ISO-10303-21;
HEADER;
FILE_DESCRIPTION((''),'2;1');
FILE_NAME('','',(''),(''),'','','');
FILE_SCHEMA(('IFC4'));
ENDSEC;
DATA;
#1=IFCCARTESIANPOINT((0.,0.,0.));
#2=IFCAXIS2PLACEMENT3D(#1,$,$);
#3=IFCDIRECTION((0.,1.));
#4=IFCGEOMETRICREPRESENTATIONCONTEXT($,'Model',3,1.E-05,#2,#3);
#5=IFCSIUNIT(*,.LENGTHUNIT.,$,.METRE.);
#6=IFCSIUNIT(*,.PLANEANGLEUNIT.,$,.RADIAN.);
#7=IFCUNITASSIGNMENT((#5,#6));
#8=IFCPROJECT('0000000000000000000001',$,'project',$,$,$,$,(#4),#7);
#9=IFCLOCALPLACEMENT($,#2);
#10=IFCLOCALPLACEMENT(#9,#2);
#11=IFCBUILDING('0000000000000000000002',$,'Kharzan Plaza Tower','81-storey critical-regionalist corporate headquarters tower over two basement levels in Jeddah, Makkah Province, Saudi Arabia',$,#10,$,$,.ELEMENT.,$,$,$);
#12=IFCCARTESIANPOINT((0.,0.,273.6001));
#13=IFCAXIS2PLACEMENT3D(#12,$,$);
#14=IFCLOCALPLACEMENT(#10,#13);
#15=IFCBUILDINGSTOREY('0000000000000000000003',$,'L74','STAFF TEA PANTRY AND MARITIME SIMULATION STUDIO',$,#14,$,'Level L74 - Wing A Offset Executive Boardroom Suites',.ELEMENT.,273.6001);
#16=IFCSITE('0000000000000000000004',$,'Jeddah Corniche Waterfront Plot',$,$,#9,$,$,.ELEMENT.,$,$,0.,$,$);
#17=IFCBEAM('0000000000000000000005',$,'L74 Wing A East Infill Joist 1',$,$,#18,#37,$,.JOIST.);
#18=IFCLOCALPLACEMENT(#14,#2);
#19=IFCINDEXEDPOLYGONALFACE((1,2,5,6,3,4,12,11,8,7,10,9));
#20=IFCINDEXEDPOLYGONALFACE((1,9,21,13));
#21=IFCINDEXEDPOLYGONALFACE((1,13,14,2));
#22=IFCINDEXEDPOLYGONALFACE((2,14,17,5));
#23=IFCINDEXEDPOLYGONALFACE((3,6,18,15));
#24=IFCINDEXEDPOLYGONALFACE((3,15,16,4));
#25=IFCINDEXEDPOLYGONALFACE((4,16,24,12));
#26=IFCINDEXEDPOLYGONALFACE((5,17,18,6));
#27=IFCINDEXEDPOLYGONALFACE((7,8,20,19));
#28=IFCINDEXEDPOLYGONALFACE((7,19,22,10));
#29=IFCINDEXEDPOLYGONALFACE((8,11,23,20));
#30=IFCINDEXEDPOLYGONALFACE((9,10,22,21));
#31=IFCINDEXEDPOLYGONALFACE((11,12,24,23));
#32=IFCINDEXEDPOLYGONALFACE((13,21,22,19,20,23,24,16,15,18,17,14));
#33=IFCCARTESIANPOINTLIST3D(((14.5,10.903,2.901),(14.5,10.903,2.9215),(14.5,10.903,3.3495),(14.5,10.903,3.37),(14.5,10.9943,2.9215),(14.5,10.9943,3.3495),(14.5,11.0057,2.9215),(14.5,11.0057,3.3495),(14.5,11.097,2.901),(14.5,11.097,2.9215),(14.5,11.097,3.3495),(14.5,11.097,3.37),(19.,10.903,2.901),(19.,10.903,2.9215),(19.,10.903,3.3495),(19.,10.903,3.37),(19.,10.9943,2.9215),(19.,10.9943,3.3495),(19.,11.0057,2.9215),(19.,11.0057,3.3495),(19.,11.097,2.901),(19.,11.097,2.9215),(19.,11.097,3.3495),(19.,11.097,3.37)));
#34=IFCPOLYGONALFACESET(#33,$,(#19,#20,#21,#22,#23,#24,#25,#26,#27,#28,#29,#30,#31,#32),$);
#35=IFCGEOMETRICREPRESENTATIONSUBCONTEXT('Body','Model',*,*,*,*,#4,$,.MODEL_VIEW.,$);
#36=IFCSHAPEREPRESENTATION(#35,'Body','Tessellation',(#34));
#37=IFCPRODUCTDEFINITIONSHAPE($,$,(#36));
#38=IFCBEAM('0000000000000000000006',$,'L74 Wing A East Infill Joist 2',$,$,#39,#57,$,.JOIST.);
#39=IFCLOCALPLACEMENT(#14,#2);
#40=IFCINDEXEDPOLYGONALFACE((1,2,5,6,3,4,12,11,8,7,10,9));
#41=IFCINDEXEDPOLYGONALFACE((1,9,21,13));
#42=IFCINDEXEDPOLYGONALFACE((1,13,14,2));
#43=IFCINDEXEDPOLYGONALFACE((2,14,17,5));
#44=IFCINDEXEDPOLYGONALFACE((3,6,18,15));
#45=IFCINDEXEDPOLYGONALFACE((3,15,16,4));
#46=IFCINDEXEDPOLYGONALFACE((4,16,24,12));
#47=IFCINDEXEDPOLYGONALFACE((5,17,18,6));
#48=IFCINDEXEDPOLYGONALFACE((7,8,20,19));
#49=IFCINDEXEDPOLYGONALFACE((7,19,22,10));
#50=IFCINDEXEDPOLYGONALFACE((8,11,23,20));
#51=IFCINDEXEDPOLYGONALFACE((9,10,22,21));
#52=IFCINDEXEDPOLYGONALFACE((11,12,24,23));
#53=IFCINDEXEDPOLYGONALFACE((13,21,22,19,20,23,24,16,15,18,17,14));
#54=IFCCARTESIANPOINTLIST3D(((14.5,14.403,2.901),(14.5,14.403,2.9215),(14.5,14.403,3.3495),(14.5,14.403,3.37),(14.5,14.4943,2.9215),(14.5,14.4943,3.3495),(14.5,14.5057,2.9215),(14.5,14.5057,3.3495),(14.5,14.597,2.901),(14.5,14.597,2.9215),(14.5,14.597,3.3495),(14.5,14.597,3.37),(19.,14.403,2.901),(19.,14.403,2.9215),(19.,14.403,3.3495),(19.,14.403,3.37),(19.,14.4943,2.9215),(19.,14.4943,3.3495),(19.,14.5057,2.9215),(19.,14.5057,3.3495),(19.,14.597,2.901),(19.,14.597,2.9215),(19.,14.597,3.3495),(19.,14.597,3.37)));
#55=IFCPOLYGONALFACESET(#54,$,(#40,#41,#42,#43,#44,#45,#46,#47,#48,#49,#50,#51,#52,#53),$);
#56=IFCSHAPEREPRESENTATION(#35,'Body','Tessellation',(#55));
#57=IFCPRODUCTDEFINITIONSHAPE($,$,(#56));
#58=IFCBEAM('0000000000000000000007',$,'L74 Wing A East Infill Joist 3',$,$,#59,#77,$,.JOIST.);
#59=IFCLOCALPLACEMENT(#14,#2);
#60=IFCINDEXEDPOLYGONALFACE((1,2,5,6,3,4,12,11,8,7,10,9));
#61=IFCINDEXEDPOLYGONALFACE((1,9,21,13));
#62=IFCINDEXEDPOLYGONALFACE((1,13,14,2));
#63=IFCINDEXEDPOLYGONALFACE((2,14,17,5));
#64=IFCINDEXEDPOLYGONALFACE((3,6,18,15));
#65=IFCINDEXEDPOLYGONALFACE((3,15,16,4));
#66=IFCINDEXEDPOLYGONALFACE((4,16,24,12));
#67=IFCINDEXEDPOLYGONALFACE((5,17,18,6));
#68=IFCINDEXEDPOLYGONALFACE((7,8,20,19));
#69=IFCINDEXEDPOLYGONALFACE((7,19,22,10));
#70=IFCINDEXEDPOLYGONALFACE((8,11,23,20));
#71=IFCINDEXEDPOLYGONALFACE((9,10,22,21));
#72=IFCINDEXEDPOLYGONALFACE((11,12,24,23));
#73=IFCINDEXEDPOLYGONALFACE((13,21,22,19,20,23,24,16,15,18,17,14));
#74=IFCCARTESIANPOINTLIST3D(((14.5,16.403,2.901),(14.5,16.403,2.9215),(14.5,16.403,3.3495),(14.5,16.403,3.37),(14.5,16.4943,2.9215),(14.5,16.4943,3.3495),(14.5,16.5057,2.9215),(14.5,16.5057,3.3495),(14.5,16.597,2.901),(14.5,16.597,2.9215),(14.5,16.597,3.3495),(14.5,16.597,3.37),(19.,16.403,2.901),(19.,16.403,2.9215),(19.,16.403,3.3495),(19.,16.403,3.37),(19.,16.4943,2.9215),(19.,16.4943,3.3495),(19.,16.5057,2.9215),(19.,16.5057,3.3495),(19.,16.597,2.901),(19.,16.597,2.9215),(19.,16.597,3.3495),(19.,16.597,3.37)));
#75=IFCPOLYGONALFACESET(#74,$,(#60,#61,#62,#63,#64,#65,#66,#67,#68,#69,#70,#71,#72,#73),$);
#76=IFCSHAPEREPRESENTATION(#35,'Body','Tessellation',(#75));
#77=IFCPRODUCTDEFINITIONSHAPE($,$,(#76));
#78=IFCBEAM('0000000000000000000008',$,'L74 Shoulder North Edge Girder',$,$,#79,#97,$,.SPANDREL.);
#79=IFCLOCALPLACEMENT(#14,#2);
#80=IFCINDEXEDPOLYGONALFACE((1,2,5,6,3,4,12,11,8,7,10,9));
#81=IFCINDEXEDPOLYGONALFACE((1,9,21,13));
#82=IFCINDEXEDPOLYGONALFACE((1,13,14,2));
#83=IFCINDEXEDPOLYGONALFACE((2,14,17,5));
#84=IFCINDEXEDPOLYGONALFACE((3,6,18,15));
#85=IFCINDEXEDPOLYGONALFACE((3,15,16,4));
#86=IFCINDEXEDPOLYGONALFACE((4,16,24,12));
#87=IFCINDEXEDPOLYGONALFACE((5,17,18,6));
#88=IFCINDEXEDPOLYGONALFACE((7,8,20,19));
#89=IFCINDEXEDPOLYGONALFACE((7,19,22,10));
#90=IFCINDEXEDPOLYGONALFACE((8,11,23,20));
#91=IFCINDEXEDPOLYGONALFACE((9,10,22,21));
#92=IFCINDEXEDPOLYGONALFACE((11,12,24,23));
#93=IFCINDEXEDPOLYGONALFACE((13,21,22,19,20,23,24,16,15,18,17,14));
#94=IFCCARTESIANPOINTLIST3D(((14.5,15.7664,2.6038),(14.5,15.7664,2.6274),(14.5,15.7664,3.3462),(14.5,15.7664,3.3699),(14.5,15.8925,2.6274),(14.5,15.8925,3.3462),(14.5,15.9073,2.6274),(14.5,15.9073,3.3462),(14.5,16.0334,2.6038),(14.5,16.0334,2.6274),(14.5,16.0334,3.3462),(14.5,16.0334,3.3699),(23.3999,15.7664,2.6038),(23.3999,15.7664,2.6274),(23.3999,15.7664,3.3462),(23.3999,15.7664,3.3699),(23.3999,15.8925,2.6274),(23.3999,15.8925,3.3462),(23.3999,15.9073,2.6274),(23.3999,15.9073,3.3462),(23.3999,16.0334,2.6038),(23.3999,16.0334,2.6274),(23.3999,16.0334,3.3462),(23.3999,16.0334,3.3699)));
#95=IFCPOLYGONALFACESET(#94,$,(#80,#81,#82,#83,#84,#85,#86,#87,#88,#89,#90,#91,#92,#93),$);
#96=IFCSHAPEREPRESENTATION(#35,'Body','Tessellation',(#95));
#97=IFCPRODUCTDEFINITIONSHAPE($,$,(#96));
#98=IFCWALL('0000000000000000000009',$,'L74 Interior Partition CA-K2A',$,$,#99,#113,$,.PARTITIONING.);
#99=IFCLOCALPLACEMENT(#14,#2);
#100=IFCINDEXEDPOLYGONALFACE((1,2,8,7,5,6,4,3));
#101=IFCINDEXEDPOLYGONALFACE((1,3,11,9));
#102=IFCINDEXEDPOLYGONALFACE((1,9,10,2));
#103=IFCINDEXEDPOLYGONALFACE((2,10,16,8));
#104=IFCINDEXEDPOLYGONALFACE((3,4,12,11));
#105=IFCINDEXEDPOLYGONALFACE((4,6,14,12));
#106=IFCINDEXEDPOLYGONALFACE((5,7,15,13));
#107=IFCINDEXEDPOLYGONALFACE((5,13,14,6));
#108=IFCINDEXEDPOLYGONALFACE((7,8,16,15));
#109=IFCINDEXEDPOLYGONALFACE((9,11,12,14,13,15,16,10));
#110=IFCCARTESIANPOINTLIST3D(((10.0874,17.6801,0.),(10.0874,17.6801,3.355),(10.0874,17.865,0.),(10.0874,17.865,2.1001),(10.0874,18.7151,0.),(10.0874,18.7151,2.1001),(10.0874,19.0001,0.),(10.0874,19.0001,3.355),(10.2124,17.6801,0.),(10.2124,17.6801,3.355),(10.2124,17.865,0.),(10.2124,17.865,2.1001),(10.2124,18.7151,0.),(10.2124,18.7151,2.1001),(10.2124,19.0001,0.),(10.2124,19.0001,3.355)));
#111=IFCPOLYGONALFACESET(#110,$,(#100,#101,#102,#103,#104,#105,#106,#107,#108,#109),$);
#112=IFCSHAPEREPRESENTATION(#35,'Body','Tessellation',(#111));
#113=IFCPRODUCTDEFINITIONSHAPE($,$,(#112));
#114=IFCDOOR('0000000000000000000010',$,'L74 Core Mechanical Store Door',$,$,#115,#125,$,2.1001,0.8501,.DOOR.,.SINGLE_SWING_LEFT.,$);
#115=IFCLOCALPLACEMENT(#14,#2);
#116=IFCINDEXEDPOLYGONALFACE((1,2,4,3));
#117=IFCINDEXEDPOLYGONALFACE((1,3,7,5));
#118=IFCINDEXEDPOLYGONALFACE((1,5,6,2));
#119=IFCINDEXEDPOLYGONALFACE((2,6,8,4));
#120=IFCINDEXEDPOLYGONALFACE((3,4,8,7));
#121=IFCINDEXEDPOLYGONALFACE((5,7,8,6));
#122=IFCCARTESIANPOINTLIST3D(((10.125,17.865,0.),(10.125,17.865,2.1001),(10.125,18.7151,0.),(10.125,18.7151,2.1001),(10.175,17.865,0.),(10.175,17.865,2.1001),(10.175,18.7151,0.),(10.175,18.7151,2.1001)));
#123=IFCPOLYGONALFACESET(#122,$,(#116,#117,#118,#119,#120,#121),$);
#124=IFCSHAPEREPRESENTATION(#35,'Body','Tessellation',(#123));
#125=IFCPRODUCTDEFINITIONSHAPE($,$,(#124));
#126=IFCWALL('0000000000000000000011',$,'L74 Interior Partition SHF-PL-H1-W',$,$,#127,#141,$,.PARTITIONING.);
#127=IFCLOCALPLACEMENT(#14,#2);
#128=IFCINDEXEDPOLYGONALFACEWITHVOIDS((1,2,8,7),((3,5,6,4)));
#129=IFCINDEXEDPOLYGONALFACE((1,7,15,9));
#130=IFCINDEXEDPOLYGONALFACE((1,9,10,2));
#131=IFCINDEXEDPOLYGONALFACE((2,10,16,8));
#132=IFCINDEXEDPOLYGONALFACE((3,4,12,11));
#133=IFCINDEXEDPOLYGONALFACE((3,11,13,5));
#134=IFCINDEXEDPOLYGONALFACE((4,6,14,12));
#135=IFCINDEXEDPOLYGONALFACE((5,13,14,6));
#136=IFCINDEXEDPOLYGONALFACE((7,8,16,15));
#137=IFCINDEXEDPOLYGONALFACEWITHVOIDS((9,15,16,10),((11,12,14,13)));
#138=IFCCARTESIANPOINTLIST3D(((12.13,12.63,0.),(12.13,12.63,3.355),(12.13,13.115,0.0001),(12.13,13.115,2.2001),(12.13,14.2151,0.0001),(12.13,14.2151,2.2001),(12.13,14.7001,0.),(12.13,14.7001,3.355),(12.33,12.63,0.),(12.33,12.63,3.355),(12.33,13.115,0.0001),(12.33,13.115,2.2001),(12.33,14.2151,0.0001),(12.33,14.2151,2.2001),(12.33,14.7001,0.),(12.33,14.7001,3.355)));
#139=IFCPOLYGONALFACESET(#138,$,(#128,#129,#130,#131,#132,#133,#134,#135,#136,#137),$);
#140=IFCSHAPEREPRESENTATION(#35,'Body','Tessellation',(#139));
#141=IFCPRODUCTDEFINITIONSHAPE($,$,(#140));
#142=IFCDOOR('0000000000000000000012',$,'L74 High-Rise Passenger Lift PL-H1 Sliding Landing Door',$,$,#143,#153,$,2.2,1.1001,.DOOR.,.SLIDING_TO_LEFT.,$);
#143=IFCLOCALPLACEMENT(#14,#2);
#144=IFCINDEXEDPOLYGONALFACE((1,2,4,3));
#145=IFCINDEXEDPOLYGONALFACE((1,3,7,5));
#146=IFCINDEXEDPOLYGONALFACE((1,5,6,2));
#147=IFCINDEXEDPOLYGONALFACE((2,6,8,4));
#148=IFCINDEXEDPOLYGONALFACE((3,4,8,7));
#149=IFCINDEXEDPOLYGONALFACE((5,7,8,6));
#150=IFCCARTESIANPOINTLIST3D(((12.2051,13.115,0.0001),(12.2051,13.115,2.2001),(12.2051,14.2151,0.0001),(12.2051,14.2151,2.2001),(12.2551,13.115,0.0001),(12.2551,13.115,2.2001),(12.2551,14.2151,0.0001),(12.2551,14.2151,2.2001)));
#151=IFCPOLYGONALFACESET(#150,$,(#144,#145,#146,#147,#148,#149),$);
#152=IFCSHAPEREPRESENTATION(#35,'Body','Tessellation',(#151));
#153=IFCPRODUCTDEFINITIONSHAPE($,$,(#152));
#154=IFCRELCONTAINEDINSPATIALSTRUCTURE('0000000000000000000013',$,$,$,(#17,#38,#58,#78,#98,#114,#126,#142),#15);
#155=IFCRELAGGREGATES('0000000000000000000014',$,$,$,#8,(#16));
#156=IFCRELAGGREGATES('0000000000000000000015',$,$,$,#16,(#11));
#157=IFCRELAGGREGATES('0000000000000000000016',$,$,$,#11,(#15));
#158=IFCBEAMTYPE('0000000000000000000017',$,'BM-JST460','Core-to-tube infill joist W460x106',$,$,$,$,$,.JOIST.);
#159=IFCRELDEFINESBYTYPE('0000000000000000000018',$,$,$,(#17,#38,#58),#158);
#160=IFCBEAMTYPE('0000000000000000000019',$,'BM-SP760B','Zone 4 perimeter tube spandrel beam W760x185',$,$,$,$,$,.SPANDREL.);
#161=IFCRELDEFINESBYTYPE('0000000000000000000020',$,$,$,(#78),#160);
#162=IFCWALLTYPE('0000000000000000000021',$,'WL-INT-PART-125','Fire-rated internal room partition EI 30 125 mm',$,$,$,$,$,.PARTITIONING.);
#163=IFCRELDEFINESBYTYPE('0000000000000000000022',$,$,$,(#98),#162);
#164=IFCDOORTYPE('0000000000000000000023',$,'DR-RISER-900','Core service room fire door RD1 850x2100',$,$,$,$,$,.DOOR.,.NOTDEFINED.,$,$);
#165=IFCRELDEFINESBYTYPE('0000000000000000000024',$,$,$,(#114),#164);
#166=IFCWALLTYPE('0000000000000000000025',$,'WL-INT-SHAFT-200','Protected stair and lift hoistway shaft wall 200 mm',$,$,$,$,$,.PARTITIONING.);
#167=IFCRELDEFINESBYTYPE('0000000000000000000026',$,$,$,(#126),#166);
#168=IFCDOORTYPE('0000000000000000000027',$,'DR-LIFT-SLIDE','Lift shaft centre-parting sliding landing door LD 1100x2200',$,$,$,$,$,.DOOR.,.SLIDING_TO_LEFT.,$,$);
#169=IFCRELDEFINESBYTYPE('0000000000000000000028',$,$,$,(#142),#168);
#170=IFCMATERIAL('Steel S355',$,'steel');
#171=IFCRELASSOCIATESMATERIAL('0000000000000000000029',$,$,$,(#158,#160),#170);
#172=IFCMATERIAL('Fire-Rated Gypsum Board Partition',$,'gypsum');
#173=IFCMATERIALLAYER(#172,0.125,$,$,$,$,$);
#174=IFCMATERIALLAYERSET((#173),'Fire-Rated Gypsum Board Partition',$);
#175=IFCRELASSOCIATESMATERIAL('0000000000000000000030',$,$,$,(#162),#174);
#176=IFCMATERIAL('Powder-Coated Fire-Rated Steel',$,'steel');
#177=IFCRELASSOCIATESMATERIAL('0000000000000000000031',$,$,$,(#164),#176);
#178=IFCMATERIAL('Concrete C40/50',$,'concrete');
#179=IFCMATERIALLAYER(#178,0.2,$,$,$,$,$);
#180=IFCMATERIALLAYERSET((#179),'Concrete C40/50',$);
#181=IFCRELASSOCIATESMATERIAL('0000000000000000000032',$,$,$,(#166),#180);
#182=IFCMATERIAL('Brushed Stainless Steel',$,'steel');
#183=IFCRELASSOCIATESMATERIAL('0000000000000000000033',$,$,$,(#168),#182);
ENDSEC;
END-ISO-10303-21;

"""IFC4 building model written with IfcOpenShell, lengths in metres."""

from ifc_helpers import new_model, si_unit, direction, frame, frame_2d, origin, origin_2d, place, context, subcontext, project, spatial, rectangle, i_section, extrude, source, transform, mapped, material, layer, layer_set, material_profile, profile_set, type_object, element, fill, save


model = new_model("IFC4")

# Units and contexts
model_context = context("Model", 3, precision=1e-05, world=origin(), true_north=direction((0.0, 1.0)))
body_context = subcontext(model_context, "Body", "Model", "MODEL_VIEW")
ifc_project = project(units=[si_unit("LENGTHUNIT", "METRE"), si_unit("PLANEANGLEUNIT", "RADIAN")], contexts=[model_context])

# Site, building, storey
site_placement = place(None, origin())
site = spatial("IfcSite", under=ifc_project, at=site_placement, Name="Jeddah Corniche Waterfront Plot", CompositionType="ELEMENT", RefElevation=0.0)
building_placement = place(site_placement, origin())
building = spatial("IfcBuilding", under=site, at=building_placement, Name="Kharzan Plaza Tower", Description="81-storey critical-regionalist corporate headquarters tower over two basement levels in Jeddah, Makkah Province, Saudi Arabia", CompositionType="ELEMENT")
storey_placement = place(building_placement, frame((0.0, 0.0, 273.6001)))
storey = spatial("IfcBuildingStorey", under=building, at=storey_placement, Name="L74", Description="STAFF TEA PANTRY AND MARITIME SIMULATION STUDIO", LongName="Level L74 - Wing A Offset Executive Boardroom Suites", CompositionType="ELEMENT", Elevation=273.6001)

# Beams
ifc_material_1 = material(Name="Steel S355", Category="steel")
ifc_material_profile_1 = material_profile(ifc_material_1, i_section(OverallWidth=0.1941, OverallDepth=0.469, WebThickness=0.0115, FlangeThickness=0.0205, at=origin_2d()), Name="W460x106")
ifc_profile_set_1 = profile_set([ifc_material_profile_1], Name="Steel S355")
beam_type_1 = type_object("IfcBeamType", Name="BM-JST460", Description="Core-to-tube infill joist W460x106", PredefinedType="JOIST", material=ifc_profile_set_1)
shared_shape_1 = source(origin(), body_context, "Body", "SweptSolid", [
    extrude(i_section(OverallWidth=0.1941, OverallDepth=0.469, WebThickness=0.0115, FlangeThickness=0.0205, at=origin_2d()), origin(), (0.0, 0.0, 1.0), 4.5),
])
for number, where, z_axis, x_axis, name in (
    (1, (14.5, 11.0, 3.1355), (1.0, 0.0, 0.0), (0.0, 1.0, 0.0), "L74 Wing A East Infill Joist 1"),
    (2, (14.5, 14.5, 3.1355), (1.0, 0.0, 0.0), (0.0, 1.0, 0.0), "L74 Wing A East Infill Joist 2"),
    (3, (14.5, 16.5, 3.1355), (1.0, 0.0, 0.0), (0.0, 1.0, 0.0), "L74 Wing A East Infill Joist 3"),
):
    element("IfcBeam", number, at=place(storey_placement, frame(where, z_axis=z_axis, x_axis=x_axis)), inside=storey, type_object=beam_type_1, Name=name, PredefinedType="JOIST", context=body_context, shape_type="MappedRepresentation", body=[
        mapped(shared_shape_1, transform((0.0, 0.0, 0.0), x_axis=(1.0, 0.0, 0.0), y_axis=(0.0, 1.0, 0.0), z_axis=(0.0, 0.0, 1.0))),
    ])
ifc_material_profile_2 = material_profile(ifc_material_1, i_section(OverallWidth=0.2671, OverallDepth=0.7661, WebThickness=0.0149, FlangeThickness=0.0237, at=origin_2d()), Name="W760x185")
ifc_profile_set_2 = profile_set([ifc_material_profile_2], Name="Steel S355")
beam_type_2 = type_object("IfcBeamType", Name="BM-SP760B", Description="Zone 4 perimeter tube spandrel beam W760x185", PredefinedType="SPANDREL", material=ifc_profile_set_2)
shared_shape_2 = source(origin(), body_context, "Body", "SweptSolid", [
    extrude(i_section(OverallWidth=0.2671, OverallDepth=0.7661, WebThickness=0.0149, FlangeThickness=0.0237, at=origin_2d()), origin(), (0.0, 0.0, 1.0), 8.8999),
])
beam_placement = place(storey_placement, frame((14.5, 15.8999, 2.9868), z_axis=(1.0, 0.0, 0.0), x_axis=(0.0, 1.0, 0.0)))
element("IfcBeam", 4, at=beam_placement, inside=storey, type_object=beam_type_2, Name="L74 Shoulder North Edge Girder", PredefinedType="SPANDREL", context=body_context, shape_type="MappedRepresentation", body=[
    mapped(shared_shape_2, transform((0.0, 0.0, 0.0), x_axis=(1.0, 0.0, 0.0), y_axis=(0.0, 1.0, 0.0), z_axis=(0.0, 0.0, 1.0))),
])

# Walls, openings, doors
ifc_material_2 = material(Name="Fire-Rated Gypsum Board Partition", Category="gypsum")
ifc_layer_1 = layer(ifc_material_2, 0.125)
ifc_layer_set_1 = layer_set([ifc_layer_1], Name="Fire-Rated Gypsum Board Partition")
wall_type_1 = type_object("IfcWallType", Name="WL-INT-PART-125", Description="Fire-rated internal room partition EI 30 125 mm", PredefinedType="PARTITIONING", material=ifc_layer_set_1)
wall_1_placement = place(storey_placement, frame((10.1499, 17.6799, 0.0), z_axis=(0.0, 0.0, 1.0), x_axis=(0.0, 1.0, 0.0)))
wall_1 = element("IfcWall", 5, at=wall_1_placement, inside=storey, type_object=wall_type_1, Name="L74 Interior Partition CA-K2A", PredefinedType="PARTITIONING", context=body_context, shape_type="SweptSolid", body=[
    extrude(rectangle(XDim=1.3201, YDim=0.125, at=frame_2d((0.6602, 0.0))), origin(), (0.0, 0.0, 1.0), 3.355),
])
opening_1_placement = place(wall_1_placement, frame((0.1851, 0.0, 0.0)))
opening_1 = element("IfcOpeningElement", 6, at=opening_1_placement, cuts=wall_1, PredefinedType="OPENING", context=body_context, shape_type="SweptSolid", body=[
    extrude(rectangle(XDim=0.8501, YDim=2.1001, at=frame_2d((0.425, 1.05))), frame((0.0, 0.0725, 0.0), z_axis=(0.0, -1.0, 0.0), x_axis=(1.0, 0.0, 0.0)), (0.0, 0.0, 1.0), 0.145),
])
ifc_material_3 = material(Name="Powder-Coated Fire-Rated Steel", Category="steel")
door_type_1 = type_object("IfcDoorType", Name="DR-RISER-900", Description="Core service room fire door RD1 850x2100", OperationType="NOTDEFINED", PredefinedType="DOOR", material=ifc_material_3)
shared_shape_3 = source(origin(), body_context, "Body", "SweptSolid", [
    extrude(rectangle(XDim=0.8501, YDim=2.1001, at=frame_2d((0.425, 1.05))), frame((0.0, 0.0249, 0.0), z_axis=(0.0, -1.0, 0.0), x_axis=(1.0, 0.0, 0.0)), (0.0, 0.0, 1.0), 0.05),
])
door_1_placement = place(opening_1_placement, origin())
door_1 = element("IfcDoor", 7, at=door_1_placement, inside=storey, type_object=door_type_1, Name="L74 Core Mechanical Store Door", OperationType="SINGLE_SWING_LEFT", OverallHeight=2.1001, OverallWidth=0.8501, PredefinedType="DOOR", context=body_context, shape_type="MappedRepresentation", body=[
    mapped(shared_shape_3, transform((0.0, 0.0, 0.0), x_axis=(1.0, 0.0, 0.0), y_axis=(0.0, 1.0, 0.0), z_axis=(0.0, 0.0, 1.0))),
])
fill(opening_1, door_1)
ifc_material_4 = material(Name="Concrete C40/50", Category="concrete")
ifc_layer_2 = layer(ifc_material_4, 0.2)
ifc_layer_set_2 = layer_set([ifc_layer_2], Name="Concrete C40/50")
wall_type_2 = type_object("IfcWallType", Name="WL-INT-SHAFT-200", Description="Protected stair and lift hoistway shaft wall 200 mm", PredefinedType="PARTITIONING", material=ifc_layer_set_2)
wall_2_placement = place(storey_placement, frame((12.23, 12.6299, 0.0), z_axis=(0.0, 0.0, 1.0), x_axis=(0.0, 1.0, 0.0)))
wall_2 = element("IfcWall", 8, at=wall_2_placement, inside=storey, type_object=wall_type_2, Name="L74 Interior Partition SHF-PL-H1-W", PredefinedType="PARTITIONING", context=body_context, shape_type="SweptSolid", body=[
    extrude(rectangle(XDim=2.0701, YDim=0.2, at=frame_2d((1.0352, 0.0))), origin(), (0.0, 0.0, 1.0), 3.355),
])
opening_2_placement = place(wall_2_placement, frame((0.4851, 0.0, 0.0)))
opening_2 = element("IfcOpeningElement", 9, at=opening_2_placement, cuts=wall_2, PredefinedType="OPENING", context=body_context, shape_type="SweptSolid", body=[
    extrude(rectangle(XDim=1.1001, YDim=2.2, at=frame_2d((0.55, 1.1001))), frame((0.0, 0.1099, 0.0), z_axis=(0.0, -1.0, 0.0), x_axis=(1.0, 0.0, 0.0)), (0.0, 0.0, 1.0), 0.22),
])
ifc_material_5 = material(Name="Brushed Stainless Steel", Category="steel")
door_type_2 = type_object("IfcDoorType", Name="DR-LIFT-SLIDE", Description="Lift shaft centre-parting sliding landing door LD 1100x2200", OperationType="SLIDING_TO_LEFT", PredefinedType="DOOR", material=ifc_material_5)
shared_shape_4 = source(origin(), body_context, "Body", "SweptSolid", [
    extrude(rectangle(XDim=1.1001, YDim=2.2, at=frame_2d((0.55, 1.1001))), frame((0.0, 0.0249, 0.0), z_axis=(0.0, -1.0, 0.0), x_axis=(1.0, 0.0, 0.0)), (0.0, 0.0, 1.0), 0.05),
])
door_2_placement = place(opening_2_placement, origin())
door_2 = element("IfcDoor", 10, at=door_2_placement, inside=storey, type_object=door_type_2, Name="L74 High-Rise Passenger Lift PL-H1 Sliding Landing Door", OperationType="SLIDING_TO_LEFT", OverallHeight=2.2, OverallWidth=1.1001, PredefinedType="DOOR", context=body_context, shape_type="MappedRepresentation", body=[
    mapped(shared_shape_4, transform((0.0, 0.0, 0.0), x_axis=(1.0, 0.0, 0.0), y_axis=(0.0, 1.0, 0.0), z_axis=(0.0, 0.0, 1.0))),
])
fill(opening_2, door_2)

save(model, "model.ifc")
